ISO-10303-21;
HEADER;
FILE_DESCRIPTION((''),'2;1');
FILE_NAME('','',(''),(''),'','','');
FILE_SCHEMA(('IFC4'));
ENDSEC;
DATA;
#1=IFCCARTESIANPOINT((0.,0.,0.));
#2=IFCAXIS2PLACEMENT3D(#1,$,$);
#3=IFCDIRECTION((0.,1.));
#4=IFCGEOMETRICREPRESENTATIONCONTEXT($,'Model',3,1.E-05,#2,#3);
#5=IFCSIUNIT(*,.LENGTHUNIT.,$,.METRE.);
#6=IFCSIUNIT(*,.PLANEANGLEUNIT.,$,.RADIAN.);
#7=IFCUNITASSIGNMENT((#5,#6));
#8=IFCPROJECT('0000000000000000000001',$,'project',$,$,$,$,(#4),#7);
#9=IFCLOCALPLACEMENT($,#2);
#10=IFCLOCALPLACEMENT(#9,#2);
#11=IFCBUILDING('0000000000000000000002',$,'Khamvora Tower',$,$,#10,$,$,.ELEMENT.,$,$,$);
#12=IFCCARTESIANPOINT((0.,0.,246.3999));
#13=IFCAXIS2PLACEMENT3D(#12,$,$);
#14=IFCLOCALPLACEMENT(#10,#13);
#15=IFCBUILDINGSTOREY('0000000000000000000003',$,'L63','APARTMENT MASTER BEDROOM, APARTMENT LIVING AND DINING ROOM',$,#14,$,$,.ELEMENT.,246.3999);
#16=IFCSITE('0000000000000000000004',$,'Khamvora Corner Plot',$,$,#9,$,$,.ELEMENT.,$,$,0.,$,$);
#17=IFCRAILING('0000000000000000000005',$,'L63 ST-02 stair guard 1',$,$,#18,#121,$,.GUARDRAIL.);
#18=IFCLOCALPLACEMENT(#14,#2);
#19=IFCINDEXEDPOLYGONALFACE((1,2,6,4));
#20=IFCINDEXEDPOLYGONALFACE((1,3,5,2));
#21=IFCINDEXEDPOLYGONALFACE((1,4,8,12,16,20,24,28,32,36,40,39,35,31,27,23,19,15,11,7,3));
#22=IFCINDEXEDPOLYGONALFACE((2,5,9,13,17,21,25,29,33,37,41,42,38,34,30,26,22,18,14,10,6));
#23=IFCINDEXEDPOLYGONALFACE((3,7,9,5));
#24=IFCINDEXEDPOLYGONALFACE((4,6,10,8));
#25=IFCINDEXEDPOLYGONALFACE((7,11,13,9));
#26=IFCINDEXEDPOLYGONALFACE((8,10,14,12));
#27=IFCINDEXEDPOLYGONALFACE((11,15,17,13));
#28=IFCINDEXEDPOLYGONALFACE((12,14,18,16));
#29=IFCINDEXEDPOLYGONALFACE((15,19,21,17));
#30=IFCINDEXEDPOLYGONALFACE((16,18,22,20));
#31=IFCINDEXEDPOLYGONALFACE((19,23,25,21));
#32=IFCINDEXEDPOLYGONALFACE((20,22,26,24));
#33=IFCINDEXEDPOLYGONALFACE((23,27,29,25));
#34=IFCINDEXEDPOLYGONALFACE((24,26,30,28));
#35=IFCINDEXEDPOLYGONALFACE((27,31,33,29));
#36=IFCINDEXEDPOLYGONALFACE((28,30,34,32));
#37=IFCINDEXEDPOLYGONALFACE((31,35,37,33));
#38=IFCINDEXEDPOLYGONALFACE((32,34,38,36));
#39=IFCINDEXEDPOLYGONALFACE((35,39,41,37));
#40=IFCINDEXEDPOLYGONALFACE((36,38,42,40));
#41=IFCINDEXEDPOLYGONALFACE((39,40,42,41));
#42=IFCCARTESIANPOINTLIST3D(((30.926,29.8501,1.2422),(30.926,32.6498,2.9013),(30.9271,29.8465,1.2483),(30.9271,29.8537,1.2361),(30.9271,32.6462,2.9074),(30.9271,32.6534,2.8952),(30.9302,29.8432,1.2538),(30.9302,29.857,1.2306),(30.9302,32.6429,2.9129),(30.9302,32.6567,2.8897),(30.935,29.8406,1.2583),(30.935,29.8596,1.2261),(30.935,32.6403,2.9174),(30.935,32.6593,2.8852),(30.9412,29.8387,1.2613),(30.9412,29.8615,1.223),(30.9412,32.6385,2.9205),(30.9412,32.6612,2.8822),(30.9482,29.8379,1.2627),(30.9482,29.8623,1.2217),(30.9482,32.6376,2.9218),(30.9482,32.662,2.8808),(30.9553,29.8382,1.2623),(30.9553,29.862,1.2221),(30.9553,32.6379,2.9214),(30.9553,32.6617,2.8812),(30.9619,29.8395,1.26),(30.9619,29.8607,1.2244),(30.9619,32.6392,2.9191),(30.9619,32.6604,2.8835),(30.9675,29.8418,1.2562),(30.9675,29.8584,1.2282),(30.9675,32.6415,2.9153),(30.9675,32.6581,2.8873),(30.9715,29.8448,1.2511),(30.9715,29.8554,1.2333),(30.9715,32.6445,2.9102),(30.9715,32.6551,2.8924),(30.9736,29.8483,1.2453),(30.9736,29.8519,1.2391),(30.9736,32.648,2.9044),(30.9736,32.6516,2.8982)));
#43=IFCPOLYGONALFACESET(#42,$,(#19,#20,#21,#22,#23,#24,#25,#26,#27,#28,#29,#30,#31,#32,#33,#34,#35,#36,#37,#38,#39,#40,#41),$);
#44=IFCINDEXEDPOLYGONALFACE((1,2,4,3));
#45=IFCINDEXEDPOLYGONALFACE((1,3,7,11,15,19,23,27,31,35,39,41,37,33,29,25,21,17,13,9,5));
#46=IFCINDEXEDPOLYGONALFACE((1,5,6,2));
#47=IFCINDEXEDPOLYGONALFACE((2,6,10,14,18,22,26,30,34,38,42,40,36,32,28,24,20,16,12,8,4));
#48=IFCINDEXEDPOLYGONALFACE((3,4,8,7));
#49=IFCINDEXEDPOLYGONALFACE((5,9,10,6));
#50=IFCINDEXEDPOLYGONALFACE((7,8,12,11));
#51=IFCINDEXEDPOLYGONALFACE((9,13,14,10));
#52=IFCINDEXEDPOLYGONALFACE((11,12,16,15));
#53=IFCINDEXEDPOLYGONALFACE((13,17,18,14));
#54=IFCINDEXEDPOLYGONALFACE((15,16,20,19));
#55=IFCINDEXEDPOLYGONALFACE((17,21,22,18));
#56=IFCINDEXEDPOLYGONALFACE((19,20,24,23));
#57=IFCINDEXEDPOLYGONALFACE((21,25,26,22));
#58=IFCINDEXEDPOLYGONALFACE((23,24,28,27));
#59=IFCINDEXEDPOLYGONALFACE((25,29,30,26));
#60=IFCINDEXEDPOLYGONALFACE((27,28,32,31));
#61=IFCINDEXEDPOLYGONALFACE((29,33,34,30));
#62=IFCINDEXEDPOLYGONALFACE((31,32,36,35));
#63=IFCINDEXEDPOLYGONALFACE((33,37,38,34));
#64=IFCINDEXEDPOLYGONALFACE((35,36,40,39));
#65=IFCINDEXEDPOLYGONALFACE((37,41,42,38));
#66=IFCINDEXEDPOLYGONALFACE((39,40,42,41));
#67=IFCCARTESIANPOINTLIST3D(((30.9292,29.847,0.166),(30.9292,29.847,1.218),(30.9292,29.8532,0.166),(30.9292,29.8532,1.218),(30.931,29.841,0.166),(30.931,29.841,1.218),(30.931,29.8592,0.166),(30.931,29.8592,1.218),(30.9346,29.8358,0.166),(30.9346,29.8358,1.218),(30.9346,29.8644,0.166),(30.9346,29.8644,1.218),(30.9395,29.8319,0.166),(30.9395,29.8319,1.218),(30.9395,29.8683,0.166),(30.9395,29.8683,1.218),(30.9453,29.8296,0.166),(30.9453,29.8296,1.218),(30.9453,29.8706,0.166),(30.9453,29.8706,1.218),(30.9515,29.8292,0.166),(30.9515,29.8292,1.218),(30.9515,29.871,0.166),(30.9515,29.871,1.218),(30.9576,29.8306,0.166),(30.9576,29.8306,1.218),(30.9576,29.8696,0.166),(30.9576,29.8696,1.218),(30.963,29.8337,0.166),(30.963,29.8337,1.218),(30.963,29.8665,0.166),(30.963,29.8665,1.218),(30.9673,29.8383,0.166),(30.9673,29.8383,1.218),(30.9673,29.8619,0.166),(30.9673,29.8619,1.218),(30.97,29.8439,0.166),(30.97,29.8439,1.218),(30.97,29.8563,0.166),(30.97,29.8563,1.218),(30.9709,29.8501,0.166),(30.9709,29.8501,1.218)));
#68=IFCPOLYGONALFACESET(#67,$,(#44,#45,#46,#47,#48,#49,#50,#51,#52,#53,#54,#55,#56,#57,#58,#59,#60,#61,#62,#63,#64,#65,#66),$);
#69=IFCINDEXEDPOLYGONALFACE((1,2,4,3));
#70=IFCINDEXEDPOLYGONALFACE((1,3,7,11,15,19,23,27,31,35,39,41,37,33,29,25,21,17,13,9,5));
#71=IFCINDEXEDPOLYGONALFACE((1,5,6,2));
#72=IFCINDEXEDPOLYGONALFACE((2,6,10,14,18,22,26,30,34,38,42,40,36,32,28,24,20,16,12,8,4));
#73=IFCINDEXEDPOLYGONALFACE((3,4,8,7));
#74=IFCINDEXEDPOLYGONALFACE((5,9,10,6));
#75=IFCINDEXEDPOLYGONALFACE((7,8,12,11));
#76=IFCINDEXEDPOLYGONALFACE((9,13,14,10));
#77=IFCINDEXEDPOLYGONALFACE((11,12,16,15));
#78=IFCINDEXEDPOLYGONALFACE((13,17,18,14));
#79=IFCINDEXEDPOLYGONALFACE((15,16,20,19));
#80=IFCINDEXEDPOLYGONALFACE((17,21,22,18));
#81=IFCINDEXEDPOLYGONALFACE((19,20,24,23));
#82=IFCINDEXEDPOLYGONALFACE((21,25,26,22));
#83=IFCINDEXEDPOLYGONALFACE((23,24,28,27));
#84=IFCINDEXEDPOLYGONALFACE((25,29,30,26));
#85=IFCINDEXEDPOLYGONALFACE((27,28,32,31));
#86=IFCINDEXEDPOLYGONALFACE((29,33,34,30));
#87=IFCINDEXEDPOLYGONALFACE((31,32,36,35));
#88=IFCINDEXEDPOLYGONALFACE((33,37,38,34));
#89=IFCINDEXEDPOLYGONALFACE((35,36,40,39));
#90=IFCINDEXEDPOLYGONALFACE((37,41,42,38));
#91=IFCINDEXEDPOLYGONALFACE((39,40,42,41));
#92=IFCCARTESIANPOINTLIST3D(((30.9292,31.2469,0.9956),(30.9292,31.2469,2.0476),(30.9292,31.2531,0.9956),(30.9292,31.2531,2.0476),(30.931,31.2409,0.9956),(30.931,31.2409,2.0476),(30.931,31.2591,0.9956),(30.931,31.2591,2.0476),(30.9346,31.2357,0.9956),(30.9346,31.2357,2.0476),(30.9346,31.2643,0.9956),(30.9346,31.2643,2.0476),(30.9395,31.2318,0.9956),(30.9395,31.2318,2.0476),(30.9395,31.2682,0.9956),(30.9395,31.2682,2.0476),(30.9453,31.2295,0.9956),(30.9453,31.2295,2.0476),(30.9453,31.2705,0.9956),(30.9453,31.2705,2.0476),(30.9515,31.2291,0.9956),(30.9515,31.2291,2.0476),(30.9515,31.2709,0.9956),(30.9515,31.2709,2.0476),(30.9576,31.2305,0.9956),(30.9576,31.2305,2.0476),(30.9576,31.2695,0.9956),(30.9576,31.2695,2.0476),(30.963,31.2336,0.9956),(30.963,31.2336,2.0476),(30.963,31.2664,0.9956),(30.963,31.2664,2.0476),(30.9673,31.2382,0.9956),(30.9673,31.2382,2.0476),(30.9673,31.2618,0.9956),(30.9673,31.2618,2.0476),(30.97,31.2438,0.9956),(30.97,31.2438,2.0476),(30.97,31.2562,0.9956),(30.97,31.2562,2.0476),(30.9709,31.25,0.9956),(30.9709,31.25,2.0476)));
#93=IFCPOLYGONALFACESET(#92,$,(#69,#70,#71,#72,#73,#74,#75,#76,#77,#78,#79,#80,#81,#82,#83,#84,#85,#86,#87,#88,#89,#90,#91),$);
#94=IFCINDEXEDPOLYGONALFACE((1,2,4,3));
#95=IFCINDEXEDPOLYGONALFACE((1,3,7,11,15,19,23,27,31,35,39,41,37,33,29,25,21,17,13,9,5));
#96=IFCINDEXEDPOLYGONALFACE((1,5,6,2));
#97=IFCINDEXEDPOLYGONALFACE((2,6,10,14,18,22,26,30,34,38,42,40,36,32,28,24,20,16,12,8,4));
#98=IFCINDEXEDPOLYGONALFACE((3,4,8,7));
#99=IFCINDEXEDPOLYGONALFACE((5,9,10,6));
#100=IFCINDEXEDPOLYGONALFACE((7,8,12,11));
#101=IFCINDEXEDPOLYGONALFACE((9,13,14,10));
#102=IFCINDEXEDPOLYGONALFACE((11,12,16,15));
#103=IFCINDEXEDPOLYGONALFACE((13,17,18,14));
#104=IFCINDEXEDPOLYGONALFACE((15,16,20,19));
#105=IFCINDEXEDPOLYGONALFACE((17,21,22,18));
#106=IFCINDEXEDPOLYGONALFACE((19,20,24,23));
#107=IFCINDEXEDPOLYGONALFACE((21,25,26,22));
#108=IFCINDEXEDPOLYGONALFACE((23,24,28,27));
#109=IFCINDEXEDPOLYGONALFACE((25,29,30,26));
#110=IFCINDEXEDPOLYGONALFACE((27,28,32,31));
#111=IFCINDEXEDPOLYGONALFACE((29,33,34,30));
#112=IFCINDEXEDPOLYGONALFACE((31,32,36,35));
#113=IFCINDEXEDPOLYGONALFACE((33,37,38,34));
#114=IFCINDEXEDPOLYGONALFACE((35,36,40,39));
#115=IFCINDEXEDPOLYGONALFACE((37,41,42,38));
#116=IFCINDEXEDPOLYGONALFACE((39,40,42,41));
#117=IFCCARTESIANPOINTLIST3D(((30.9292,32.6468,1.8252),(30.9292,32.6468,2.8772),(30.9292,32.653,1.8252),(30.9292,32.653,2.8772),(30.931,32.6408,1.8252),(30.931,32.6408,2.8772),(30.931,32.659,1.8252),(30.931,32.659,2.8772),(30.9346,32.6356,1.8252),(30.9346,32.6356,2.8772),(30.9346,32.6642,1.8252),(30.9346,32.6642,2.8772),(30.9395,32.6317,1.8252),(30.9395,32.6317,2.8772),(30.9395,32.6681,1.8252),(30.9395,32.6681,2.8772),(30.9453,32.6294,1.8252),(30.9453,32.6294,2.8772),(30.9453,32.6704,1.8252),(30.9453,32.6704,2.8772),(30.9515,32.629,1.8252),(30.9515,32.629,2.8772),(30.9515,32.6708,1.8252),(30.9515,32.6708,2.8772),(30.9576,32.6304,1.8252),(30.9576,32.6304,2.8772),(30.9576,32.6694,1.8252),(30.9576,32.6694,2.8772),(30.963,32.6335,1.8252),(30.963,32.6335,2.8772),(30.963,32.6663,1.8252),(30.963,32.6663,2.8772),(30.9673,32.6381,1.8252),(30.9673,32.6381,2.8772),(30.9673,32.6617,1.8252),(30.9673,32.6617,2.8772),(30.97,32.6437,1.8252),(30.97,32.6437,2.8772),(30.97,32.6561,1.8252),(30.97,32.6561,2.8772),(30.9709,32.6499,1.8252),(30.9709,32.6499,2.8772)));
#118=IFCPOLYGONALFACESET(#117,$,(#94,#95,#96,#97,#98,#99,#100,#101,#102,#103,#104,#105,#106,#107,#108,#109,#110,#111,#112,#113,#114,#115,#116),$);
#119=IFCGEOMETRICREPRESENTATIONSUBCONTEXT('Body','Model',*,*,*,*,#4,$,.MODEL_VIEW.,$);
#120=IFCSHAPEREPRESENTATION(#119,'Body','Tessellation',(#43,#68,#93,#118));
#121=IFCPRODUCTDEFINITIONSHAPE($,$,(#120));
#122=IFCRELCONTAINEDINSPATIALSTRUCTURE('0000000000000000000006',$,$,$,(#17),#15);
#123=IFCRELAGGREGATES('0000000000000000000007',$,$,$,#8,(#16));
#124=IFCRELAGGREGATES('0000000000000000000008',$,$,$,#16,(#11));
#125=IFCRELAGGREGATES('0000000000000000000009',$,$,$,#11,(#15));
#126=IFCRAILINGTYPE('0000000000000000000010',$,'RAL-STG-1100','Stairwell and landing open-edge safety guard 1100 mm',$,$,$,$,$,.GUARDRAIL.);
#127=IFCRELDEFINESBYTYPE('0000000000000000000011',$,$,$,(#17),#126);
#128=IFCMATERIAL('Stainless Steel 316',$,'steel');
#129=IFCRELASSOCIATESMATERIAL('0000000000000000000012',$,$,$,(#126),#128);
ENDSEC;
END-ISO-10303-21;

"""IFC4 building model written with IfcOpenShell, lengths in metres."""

from ifc_helpers import new_model, si_unit, direction, frame, origin, origin_2d, place, context, subcontext, project, spatial, circle, extrude, material, type_object, element, save


model = new_model("IFC4")

# Units and contexts
model_context = context("Model", 3, precision=1e-05, world=origin(), true_north=direction((0.0, 1.0)))
body_context = subcontext(model_context, "Body", "Model", "MODEL_VIEW")
ifc_project = project(units=[si_unit("LENGTHUNIT", "METRE"), si_unit("PLANEANGLEUNIT", "RADIAN")], contexts=[model_context])

# Site, building, storey
site_placement = place(None, origin())
site = spatial("IfcSite", under=ifc_project, at=site_placement, Name="Khamvora Corner Plot", CompositionType="ELEMENT", RefElevation=0.0)
building_placement = place(site_placement, origin())
building = spatial("IfcBuilding", under=site, at=building_placement, Name="Khamvora Tower", CompositionType="ELEMENT")
storey_placement = place(building_placement, frame((0.0, 0.0, 246.3999)))
storey = spatial("IfcBuildingStorey", under=building, at=storey_placement, Name="L63", Description="APARTMENT MASTER BEDROOM, APARTMENT LIVING AND DINING ROOM", CompositionType="ELEMENT", Elevation=246.3999)

# Railing
ifc_material_1 = material(Name="Stainless Steel 316", Category="steel")
railing_type_1 = type_object("IfcRailingType", Name="RAL-STG-1100", Description="Stairwell and landing open-edge safety guard 1100 mm", PredefinedType="GUARDRAIL", material=ifc_material_1)
railing_1_placement = place(storey_placement, frame((30.95, 29.8501, 0.166)))
element("IfcRailing", 1, at=railing_1_placement, inside=storey, type_object=railing_type_1, Name="L63 ST-02 stair guard 1", PredefinedType="GUARDRAIL", context=body_context, shape_type="SweptSolid", body=[
    extrude(circle(Radius=0.0239, at=origin_2d()), frame((0.0, 0.0, 1.0762), z_axis=(0.0, 0.860287, 0.509811), x_axis=(-1.0, 0.0, 0.0)), (0.0, 0.0, 1.0), 3.2544),
    extrude(circle(Radius=0.021, at=origin_2d()), origin(), (0.0, 0.0, 1.0), 1.052),
    extrude(circle(Radius=0.021, at=origin_2d()), frame((0.0, 1.3999, 0.8296)), (0.0, 0.0, 1.0), 1.052),
    extrude(circle(Radius=0.021, at=origin_2d()), frame((0.0, 2.7998, 1.6592)), (0.0, 0.0, 1.0), 1.052),
])

save(model, "model.ifc")
